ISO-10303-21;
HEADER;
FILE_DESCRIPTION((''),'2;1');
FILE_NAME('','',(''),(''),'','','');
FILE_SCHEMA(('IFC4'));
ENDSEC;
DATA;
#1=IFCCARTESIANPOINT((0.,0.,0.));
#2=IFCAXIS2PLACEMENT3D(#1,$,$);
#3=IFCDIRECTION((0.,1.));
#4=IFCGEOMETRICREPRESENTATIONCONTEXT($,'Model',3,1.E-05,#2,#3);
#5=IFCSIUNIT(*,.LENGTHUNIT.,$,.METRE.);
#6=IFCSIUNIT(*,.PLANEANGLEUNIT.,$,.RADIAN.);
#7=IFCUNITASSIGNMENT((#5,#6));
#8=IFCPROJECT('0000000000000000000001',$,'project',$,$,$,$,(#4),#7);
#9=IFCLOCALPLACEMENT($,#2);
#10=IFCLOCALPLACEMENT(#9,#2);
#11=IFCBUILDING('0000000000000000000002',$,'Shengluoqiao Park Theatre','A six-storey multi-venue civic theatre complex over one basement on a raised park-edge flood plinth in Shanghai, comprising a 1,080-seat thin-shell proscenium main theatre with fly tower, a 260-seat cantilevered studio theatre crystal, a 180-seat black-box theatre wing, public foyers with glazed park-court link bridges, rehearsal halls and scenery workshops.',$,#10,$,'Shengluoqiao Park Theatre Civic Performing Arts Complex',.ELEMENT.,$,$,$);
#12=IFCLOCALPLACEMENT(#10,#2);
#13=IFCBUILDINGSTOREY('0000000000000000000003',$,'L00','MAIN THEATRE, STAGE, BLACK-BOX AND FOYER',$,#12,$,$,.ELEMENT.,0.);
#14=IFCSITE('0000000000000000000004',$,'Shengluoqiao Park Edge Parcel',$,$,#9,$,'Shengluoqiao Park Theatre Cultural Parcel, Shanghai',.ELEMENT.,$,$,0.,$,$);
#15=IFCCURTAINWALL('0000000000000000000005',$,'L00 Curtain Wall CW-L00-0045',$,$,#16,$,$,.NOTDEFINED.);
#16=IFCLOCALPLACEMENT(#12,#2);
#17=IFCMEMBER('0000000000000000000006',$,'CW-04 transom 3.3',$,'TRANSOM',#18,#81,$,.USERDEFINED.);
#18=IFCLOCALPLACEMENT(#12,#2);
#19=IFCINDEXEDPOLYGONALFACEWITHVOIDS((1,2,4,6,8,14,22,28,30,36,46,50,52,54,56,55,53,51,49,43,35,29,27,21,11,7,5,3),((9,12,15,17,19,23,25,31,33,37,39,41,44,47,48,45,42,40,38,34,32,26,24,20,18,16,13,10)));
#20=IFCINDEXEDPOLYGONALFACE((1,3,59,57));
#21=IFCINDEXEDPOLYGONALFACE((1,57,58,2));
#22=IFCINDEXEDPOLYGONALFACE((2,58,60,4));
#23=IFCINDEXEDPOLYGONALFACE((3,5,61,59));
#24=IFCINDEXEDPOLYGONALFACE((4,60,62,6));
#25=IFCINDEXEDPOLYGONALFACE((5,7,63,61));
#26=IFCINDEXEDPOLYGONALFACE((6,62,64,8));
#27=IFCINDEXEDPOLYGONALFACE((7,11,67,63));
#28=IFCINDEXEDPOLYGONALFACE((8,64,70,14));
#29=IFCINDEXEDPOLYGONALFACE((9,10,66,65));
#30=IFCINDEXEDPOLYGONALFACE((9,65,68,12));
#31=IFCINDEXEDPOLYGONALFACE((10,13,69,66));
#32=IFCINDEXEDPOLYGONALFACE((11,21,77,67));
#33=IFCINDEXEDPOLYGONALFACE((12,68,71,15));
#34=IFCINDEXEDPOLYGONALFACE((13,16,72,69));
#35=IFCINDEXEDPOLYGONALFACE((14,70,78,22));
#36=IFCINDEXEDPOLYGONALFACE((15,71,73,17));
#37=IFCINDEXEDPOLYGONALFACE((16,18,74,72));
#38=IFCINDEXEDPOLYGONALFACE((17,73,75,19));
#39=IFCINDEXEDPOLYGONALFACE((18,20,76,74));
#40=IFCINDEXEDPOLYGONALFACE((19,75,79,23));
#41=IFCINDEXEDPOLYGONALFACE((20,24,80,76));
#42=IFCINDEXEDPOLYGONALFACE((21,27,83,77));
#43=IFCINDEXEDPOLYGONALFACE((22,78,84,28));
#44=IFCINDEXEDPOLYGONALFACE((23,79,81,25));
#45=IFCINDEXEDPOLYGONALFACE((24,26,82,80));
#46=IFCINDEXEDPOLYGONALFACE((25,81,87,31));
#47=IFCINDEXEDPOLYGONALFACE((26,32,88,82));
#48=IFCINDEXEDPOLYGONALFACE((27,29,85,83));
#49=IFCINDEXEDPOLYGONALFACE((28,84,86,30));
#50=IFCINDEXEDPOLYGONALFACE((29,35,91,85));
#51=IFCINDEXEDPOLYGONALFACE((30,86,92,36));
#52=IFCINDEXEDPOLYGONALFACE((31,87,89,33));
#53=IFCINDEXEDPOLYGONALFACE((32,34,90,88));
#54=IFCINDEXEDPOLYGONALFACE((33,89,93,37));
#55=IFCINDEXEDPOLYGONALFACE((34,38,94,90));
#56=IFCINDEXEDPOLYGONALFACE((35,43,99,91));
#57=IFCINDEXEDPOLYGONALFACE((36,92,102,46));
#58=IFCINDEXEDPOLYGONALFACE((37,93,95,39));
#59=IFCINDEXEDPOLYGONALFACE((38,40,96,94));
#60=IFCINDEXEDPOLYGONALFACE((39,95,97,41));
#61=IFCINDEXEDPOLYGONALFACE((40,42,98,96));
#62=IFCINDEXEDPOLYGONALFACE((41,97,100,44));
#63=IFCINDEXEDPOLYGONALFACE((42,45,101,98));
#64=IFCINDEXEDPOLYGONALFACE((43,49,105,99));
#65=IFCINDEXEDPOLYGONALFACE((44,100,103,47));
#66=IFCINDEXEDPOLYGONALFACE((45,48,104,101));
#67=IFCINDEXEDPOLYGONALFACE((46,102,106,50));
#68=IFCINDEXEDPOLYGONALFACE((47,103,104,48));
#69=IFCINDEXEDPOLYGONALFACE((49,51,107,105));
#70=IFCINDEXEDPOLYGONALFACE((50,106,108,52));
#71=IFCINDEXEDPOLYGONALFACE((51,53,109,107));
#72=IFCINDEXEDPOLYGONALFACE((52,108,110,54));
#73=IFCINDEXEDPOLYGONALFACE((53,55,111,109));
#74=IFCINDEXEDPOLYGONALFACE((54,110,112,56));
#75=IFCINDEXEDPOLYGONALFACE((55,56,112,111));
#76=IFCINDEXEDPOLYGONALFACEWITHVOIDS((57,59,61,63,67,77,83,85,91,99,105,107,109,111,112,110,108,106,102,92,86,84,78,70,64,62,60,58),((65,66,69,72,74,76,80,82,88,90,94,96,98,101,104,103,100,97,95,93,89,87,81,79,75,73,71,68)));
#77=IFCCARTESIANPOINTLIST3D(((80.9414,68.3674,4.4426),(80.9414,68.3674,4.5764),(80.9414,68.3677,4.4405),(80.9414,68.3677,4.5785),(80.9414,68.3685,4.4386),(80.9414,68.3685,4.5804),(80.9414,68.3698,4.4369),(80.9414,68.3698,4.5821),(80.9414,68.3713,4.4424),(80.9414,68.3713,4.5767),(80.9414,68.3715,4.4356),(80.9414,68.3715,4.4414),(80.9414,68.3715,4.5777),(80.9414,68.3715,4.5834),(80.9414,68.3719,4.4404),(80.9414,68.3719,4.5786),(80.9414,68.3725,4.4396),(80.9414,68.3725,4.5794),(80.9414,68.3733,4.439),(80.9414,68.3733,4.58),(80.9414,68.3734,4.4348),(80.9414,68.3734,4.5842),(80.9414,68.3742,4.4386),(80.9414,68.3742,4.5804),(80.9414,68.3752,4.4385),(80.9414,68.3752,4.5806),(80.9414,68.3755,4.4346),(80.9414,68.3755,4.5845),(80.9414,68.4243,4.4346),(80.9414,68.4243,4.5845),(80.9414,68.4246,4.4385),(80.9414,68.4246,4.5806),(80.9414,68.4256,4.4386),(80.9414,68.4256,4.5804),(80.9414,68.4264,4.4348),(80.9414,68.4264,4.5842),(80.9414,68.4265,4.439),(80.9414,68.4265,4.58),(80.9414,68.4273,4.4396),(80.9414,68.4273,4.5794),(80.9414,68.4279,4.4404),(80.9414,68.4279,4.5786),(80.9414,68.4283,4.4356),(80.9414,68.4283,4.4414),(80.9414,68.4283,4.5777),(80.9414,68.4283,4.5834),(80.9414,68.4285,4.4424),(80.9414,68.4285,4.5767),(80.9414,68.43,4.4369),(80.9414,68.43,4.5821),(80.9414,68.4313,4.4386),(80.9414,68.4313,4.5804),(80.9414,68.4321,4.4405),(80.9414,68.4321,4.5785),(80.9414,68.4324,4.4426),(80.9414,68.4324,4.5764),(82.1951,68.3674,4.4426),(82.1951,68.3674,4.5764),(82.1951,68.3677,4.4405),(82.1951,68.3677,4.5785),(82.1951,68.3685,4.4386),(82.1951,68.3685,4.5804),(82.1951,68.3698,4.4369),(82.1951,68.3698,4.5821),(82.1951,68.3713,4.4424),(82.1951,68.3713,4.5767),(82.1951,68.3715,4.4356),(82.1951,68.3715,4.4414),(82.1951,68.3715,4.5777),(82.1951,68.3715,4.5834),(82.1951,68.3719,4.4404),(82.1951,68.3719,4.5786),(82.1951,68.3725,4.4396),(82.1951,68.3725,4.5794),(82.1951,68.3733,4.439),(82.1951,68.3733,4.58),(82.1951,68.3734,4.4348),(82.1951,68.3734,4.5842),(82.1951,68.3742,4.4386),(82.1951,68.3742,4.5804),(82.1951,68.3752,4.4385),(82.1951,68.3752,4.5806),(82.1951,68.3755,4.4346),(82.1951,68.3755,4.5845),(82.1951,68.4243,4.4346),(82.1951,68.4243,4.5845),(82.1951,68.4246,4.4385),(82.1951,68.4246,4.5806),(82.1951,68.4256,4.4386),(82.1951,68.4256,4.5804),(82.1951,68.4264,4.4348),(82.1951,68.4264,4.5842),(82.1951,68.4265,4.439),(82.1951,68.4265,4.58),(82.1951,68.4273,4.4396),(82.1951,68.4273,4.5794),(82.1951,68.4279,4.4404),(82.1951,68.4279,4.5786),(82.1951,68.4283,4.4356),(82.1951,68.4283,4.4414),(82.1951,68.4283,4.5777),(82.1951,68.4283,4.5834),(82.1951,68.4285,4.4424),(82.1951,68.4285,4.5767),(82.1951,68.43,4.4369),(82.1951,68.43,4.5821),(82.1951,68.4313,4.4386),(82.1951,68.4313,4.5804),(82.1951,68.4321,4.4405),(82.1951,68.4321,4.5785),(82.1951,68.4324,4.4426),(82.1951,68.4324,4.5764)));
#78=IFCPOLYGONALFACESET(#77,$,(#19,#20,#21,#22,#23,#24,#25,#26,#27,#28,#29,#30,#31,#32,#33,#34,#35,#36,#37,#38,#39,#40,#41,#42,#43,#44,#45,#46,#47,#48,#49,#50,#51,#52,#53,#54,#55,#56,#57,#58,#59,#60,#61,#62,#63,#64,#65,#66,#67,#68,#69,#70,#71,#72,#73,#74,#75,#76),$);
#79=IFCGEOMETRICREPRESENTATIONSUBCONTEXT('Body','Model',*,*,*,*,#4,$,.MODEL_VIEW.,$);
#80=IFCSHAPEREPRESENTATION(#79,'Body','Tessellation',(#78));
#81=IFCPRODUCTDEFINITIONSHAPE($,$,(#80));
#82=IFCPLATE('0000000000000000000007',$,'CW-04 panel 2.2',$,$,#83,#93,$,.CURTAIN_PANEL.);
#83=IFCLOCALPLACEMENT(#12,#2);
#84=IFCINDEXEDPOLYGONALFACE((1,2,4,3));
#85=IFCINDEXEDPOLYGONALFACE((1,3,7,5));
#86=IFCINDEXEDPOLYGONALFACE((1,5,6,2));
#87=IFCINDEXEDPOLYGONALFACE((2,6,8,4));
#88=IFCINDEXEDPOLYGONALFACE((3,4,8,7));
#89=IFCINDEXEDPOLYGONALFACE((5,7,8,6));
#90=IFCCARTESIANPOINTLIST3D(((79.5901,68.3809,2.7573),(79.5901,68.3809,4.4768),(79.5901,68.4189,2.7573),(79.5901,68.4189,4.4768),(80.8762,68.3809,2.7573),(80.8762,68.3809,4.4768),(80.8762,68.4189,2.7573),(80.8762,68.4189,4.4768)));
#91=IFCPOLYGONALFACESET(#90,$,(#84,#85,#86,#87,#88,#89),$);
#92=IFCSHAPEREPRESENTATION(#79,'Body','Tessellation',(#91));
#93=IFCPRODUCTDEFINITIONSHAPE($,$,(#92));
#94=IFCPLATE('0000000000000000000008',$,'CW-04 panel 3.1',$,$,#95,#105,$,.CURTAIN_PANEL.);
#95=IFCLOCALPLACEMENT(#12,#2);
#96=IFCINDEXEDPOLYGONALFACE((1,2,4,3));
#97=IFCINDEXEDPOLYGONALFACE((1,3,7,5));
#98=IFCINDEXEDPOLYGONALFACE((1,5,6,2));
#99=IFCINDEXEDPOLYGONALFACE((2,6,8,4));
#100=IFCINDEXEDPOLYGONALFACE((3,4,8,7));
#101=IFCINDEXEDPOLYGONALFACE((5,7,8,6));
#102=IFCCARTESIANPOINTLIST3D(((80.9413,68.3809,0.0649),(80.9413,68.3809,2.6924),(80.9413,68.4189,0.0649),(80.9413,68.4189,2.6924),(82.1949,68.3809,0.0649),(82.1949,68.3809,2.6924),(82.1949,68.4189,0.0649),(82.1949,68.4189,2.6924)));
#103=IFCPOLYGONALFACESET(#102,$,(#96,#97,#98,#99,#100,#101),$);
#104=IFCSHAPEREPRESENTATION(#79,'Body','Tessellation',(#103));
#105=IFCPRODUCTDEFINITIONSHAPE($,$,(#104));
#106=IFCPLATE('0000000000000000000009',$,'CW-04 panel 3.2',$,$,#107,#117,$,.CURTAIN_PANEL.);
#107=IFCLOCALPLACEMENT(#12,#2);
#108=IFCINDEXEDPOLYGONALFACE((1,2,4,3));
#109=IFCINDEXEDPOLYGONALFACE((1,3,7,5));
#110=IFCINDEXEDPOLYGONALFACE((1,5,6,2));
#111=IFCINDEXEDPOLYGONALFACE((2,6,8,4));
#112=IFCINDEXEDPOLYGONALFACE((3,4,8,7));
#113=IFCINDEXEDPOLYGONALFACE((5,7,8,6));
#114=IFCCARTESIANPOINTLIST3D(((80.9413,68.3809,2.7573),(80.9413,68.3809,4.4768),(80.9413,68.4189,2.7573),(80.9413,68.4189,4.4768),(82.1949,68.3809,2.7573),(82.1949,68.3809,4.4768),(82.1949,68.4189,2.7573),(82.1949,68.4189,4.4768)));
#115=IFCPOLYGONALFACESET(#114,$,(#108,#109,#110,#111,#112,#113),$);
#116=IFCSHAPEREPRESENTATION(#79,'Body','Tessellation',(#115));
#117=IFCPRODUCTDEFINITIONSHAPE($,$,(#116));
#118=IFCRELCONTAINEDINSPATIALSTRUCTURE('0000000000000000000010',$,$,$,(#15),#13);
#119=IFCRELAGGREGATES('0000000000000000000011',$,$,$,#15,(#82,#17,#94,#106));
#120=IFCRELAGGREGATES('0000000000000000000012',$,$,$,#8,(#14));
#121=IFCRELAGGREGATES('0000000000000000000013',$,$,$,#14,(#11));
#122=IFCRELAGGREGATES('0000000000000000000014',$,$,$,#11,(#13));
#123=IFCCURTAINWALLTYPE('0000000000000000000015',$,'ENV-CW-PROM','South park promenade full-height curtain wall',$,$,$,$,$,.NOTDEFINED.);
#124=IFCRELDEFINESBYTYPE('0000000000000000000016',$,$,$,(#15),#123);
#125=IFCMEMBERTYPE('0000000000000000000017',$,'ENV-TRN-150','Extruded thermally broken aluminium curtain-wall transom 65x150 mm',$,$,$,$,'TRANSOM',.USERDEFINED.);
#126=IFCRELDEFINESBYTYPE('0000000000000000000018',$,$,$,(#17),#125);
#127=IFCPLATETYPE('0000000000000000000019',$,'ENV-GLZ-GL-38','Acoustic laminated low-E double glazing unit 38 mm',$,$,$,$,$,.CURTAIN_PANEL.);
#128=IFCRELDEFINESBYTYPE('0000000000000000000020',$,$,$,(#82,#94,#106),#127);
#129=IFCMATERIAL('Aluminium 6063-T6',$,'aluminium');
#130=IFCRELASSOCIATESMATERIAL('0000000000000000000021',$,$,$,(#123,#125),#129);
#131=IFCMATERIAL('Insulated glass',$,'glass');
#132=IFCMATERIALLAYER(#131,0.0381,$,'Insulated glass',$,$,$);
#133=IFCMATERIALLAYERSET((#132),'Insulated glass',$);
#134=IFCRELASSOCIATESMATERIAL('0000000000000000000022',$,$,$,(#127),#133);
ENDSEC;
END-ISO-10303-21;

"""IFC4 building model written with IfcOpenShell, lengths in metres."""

from ifc_helpers import new_model, si_unit, direction, frame, origin, origin_2d, place, context, subcontext, project, spatial, rectangle, hollow_rectangle, extrude, material, layer, layer_set, material_profile, profile_set, type_object, element, aggregate, save


model = new_model("IFC4")

# Units and contexts
model_context = context("Model", 3, precision=1e-05, world=origin(), true_north=direction((0.0, 1.0)))
body_context = subcontext(model_context, "Body", "Model", "MODEL_VIEW")
ifc_project = project(units=[si_unit("LENGTHUNIT", "METRE"), si_unit("PLANEANGLEUNIT", "RADIAN")], contexts=[model_context])

# Site, building, storey
site_placement = place(None, origin())
site = spatial("IfcSite", under=ifc_project, at=site_placement, Name="Shengluoqiao Park Edge Parcel", LongName="Shengluoqiao Park Theatre Cultural Parcel, Shanghai", CompositionType="ELEMENT", RefElevation=0.0)
building_placement = place(site_placement, origin())
building = spatial("IfcBuilding", under=site, at=building_placement, Name="Shengluoqiao Park Theatre", Description="A six-storey multi-venue civic theatre complex over one basement on a raised park-edge flood plinth in Shanghai, comprising a 1,080-seat thin-shell proscenium main theatre with fly tower, a 260-seat cantilevered studio theatre crystal, a 180-seat black-box theatre wing, public foyers with glazed park-court link bridges, rehearsal halls and scenery workshops.", LongName="Shengluoqiao Park Theatre Civic Performing Arts Complex", CompositionType="ELEMENT")
storey_placement = place(building_placement, origin())
storey = spatial("IfcBuildingStorey", under=building, at=storey_placement, Name="L00", Description="MAIN THEATRE, STAGE, BLACK-BOX AND FOYER", CompositionType="ELEMENT", Elevation=0.0)

# Curtain wall, member, plates
ifc_material_1 = material(Name="Aluminium 6063-T6", Category="aluminium")
curtain_wall_type = type_object("IfcCurtainWallType", Name="ENV-CW-PROM", Description="South park promenade full-height curtain wall", PredefinedType="NOTDEFINED", material=ifc_material_1)
curtain_wall_placement = place(storey_placement, origin())
curtain_wall = element("IfcCurtainWall", 1, at=curtain_wall_placement, inside=storey, type_object=curtain_wall_type, Name="L00 Curtain Wall CW-L00-0045", PredefinedType="NOTDEFINED")
ifc_material_profile_1 = material_profile(ifc_material_1, hollow_rectangle(XDim=0.0649, YDim=0.1499, WallThickness=0.0039, InnerFilletRadius=0.0039, OuterFilletRadius=0.0081, at=origin_2d()), Name="ALU TRANSOM 150x65x4")
ifc_profile_set_1 = profile_set([ifc_material_profile_1], Name="Aluminium 6063-T6")
member_type_1 = type_object("IfcMemberType", Name="ENV-TRN-150", Description="Extruded thermally broken aluminium curtain-wall transom 65x150 mm", ElementType="TRANSOM", PredefinedType="USERDEFINED", material=ifc_profile_set_1)
member_1_placement = place(storey_placement, frame((80.9414, 68.3999, 4.5095), z_axis=(1.0, 0.0, 0.0), x_axis=(0.0, 1.0, 0.0)))
member_1 = element("IfcMember", 2, at=member_1_placement, type_object=member_type_1, Name="CW-04 transom 3.3", ObjectType="TRANSOM", PredefinedType="USERDEFINED", context=body_context, shape_type="SweptSolid", body=[
    extrude(hollow_rectangle(XDim=0.0649, YDim=0.1499, WallThickness=0.0039, InnerFilletRadius=0.0039, OuterFilletRadius=0.0081, at=origin_2d()), origin(), (0.0, 0.0, 1.0), 1.2537),
])
ifc_material_2 = material(Name="Insulated glass", Category="glass")
ifc_layer_1 = layer(ifc_material_2, 0.0381, Name="Insulated glass")
ifc_layer_set_1 = layer_set([ifc_layer_1], Name="Insulated glass")
plate_type = type_object("IfcPlateType", Name="ENV-GLZ-GL-38", Description="Acoustic laminated low-E double glazing unit 38 mm", PredefinedType="CURTAIN_PANEL", material=ifc_layer_set_1)
plate_1_placement = place(storey_placement, frame((80.2332, 68.3999, 2.7573), z_axis=(0.0, 0.0, 1.0), x_axis=(1.0, 0.0, 0.0)))
plate_1 = element("IfcPlate", 3, at=plate_1_placement, type_object=plate_type, Name="CW-04 panel 2.2", PredefinedType="CURTAIN_PANEL", context=body_context, shape_type="SweptSolid", body=[
    extrude(rectangle(XDim=1.2861, YDim=0.0381, at=origin_2d()), origin(), (0.0, 0.0, 1.0), 1.7195),
])
plate_2_placement = place(storey_placement, frame((81.5681, 68.3999, 0.0649), z_axis=(0.0, 0.0, 1.0), x_axis=(1.0, 0.0, 0.0)))
plate_2 = element("IfcPlate", 4, at=plate_2_placement, type_object=plate_type, Name="CW-04 panel 3.1", PredefinedType="CURTAIN_PANEL", context=body_context, shape_type="SweptSolid", body=[
    extrude(rectangle(XDim=1.2537, YDim=0.0381, at=origin_2d()), origin(), (0.0, 0.0, 1.0), 2.6274),
])
plate_3_placement = place(storey_placement, frame((81.5681, 68.3999, 2.7573), z_axis=(0.0, 0.0, 1.0), x_axis=(1.0, 0.0, 0.0)))
plate_3 = element("IfcPlate", 5, at=plate_3_placement, type_object=plate_type, Name="CW-04 panel 3.2", PredefinedType="CURTAIN_PANEL", context=body_context, shape_type="SweptSolid", body=[
    extrude(rectangle(XDim=1.2537, YDim=0.0381, at=origin_2d()), origin(), (0.0, 0.0, 1.0), 1.7195),
])
aggregate(curtain_wall, [plate_1, member_1, plate_2, plate_3])

save(model, "model.ifc")
